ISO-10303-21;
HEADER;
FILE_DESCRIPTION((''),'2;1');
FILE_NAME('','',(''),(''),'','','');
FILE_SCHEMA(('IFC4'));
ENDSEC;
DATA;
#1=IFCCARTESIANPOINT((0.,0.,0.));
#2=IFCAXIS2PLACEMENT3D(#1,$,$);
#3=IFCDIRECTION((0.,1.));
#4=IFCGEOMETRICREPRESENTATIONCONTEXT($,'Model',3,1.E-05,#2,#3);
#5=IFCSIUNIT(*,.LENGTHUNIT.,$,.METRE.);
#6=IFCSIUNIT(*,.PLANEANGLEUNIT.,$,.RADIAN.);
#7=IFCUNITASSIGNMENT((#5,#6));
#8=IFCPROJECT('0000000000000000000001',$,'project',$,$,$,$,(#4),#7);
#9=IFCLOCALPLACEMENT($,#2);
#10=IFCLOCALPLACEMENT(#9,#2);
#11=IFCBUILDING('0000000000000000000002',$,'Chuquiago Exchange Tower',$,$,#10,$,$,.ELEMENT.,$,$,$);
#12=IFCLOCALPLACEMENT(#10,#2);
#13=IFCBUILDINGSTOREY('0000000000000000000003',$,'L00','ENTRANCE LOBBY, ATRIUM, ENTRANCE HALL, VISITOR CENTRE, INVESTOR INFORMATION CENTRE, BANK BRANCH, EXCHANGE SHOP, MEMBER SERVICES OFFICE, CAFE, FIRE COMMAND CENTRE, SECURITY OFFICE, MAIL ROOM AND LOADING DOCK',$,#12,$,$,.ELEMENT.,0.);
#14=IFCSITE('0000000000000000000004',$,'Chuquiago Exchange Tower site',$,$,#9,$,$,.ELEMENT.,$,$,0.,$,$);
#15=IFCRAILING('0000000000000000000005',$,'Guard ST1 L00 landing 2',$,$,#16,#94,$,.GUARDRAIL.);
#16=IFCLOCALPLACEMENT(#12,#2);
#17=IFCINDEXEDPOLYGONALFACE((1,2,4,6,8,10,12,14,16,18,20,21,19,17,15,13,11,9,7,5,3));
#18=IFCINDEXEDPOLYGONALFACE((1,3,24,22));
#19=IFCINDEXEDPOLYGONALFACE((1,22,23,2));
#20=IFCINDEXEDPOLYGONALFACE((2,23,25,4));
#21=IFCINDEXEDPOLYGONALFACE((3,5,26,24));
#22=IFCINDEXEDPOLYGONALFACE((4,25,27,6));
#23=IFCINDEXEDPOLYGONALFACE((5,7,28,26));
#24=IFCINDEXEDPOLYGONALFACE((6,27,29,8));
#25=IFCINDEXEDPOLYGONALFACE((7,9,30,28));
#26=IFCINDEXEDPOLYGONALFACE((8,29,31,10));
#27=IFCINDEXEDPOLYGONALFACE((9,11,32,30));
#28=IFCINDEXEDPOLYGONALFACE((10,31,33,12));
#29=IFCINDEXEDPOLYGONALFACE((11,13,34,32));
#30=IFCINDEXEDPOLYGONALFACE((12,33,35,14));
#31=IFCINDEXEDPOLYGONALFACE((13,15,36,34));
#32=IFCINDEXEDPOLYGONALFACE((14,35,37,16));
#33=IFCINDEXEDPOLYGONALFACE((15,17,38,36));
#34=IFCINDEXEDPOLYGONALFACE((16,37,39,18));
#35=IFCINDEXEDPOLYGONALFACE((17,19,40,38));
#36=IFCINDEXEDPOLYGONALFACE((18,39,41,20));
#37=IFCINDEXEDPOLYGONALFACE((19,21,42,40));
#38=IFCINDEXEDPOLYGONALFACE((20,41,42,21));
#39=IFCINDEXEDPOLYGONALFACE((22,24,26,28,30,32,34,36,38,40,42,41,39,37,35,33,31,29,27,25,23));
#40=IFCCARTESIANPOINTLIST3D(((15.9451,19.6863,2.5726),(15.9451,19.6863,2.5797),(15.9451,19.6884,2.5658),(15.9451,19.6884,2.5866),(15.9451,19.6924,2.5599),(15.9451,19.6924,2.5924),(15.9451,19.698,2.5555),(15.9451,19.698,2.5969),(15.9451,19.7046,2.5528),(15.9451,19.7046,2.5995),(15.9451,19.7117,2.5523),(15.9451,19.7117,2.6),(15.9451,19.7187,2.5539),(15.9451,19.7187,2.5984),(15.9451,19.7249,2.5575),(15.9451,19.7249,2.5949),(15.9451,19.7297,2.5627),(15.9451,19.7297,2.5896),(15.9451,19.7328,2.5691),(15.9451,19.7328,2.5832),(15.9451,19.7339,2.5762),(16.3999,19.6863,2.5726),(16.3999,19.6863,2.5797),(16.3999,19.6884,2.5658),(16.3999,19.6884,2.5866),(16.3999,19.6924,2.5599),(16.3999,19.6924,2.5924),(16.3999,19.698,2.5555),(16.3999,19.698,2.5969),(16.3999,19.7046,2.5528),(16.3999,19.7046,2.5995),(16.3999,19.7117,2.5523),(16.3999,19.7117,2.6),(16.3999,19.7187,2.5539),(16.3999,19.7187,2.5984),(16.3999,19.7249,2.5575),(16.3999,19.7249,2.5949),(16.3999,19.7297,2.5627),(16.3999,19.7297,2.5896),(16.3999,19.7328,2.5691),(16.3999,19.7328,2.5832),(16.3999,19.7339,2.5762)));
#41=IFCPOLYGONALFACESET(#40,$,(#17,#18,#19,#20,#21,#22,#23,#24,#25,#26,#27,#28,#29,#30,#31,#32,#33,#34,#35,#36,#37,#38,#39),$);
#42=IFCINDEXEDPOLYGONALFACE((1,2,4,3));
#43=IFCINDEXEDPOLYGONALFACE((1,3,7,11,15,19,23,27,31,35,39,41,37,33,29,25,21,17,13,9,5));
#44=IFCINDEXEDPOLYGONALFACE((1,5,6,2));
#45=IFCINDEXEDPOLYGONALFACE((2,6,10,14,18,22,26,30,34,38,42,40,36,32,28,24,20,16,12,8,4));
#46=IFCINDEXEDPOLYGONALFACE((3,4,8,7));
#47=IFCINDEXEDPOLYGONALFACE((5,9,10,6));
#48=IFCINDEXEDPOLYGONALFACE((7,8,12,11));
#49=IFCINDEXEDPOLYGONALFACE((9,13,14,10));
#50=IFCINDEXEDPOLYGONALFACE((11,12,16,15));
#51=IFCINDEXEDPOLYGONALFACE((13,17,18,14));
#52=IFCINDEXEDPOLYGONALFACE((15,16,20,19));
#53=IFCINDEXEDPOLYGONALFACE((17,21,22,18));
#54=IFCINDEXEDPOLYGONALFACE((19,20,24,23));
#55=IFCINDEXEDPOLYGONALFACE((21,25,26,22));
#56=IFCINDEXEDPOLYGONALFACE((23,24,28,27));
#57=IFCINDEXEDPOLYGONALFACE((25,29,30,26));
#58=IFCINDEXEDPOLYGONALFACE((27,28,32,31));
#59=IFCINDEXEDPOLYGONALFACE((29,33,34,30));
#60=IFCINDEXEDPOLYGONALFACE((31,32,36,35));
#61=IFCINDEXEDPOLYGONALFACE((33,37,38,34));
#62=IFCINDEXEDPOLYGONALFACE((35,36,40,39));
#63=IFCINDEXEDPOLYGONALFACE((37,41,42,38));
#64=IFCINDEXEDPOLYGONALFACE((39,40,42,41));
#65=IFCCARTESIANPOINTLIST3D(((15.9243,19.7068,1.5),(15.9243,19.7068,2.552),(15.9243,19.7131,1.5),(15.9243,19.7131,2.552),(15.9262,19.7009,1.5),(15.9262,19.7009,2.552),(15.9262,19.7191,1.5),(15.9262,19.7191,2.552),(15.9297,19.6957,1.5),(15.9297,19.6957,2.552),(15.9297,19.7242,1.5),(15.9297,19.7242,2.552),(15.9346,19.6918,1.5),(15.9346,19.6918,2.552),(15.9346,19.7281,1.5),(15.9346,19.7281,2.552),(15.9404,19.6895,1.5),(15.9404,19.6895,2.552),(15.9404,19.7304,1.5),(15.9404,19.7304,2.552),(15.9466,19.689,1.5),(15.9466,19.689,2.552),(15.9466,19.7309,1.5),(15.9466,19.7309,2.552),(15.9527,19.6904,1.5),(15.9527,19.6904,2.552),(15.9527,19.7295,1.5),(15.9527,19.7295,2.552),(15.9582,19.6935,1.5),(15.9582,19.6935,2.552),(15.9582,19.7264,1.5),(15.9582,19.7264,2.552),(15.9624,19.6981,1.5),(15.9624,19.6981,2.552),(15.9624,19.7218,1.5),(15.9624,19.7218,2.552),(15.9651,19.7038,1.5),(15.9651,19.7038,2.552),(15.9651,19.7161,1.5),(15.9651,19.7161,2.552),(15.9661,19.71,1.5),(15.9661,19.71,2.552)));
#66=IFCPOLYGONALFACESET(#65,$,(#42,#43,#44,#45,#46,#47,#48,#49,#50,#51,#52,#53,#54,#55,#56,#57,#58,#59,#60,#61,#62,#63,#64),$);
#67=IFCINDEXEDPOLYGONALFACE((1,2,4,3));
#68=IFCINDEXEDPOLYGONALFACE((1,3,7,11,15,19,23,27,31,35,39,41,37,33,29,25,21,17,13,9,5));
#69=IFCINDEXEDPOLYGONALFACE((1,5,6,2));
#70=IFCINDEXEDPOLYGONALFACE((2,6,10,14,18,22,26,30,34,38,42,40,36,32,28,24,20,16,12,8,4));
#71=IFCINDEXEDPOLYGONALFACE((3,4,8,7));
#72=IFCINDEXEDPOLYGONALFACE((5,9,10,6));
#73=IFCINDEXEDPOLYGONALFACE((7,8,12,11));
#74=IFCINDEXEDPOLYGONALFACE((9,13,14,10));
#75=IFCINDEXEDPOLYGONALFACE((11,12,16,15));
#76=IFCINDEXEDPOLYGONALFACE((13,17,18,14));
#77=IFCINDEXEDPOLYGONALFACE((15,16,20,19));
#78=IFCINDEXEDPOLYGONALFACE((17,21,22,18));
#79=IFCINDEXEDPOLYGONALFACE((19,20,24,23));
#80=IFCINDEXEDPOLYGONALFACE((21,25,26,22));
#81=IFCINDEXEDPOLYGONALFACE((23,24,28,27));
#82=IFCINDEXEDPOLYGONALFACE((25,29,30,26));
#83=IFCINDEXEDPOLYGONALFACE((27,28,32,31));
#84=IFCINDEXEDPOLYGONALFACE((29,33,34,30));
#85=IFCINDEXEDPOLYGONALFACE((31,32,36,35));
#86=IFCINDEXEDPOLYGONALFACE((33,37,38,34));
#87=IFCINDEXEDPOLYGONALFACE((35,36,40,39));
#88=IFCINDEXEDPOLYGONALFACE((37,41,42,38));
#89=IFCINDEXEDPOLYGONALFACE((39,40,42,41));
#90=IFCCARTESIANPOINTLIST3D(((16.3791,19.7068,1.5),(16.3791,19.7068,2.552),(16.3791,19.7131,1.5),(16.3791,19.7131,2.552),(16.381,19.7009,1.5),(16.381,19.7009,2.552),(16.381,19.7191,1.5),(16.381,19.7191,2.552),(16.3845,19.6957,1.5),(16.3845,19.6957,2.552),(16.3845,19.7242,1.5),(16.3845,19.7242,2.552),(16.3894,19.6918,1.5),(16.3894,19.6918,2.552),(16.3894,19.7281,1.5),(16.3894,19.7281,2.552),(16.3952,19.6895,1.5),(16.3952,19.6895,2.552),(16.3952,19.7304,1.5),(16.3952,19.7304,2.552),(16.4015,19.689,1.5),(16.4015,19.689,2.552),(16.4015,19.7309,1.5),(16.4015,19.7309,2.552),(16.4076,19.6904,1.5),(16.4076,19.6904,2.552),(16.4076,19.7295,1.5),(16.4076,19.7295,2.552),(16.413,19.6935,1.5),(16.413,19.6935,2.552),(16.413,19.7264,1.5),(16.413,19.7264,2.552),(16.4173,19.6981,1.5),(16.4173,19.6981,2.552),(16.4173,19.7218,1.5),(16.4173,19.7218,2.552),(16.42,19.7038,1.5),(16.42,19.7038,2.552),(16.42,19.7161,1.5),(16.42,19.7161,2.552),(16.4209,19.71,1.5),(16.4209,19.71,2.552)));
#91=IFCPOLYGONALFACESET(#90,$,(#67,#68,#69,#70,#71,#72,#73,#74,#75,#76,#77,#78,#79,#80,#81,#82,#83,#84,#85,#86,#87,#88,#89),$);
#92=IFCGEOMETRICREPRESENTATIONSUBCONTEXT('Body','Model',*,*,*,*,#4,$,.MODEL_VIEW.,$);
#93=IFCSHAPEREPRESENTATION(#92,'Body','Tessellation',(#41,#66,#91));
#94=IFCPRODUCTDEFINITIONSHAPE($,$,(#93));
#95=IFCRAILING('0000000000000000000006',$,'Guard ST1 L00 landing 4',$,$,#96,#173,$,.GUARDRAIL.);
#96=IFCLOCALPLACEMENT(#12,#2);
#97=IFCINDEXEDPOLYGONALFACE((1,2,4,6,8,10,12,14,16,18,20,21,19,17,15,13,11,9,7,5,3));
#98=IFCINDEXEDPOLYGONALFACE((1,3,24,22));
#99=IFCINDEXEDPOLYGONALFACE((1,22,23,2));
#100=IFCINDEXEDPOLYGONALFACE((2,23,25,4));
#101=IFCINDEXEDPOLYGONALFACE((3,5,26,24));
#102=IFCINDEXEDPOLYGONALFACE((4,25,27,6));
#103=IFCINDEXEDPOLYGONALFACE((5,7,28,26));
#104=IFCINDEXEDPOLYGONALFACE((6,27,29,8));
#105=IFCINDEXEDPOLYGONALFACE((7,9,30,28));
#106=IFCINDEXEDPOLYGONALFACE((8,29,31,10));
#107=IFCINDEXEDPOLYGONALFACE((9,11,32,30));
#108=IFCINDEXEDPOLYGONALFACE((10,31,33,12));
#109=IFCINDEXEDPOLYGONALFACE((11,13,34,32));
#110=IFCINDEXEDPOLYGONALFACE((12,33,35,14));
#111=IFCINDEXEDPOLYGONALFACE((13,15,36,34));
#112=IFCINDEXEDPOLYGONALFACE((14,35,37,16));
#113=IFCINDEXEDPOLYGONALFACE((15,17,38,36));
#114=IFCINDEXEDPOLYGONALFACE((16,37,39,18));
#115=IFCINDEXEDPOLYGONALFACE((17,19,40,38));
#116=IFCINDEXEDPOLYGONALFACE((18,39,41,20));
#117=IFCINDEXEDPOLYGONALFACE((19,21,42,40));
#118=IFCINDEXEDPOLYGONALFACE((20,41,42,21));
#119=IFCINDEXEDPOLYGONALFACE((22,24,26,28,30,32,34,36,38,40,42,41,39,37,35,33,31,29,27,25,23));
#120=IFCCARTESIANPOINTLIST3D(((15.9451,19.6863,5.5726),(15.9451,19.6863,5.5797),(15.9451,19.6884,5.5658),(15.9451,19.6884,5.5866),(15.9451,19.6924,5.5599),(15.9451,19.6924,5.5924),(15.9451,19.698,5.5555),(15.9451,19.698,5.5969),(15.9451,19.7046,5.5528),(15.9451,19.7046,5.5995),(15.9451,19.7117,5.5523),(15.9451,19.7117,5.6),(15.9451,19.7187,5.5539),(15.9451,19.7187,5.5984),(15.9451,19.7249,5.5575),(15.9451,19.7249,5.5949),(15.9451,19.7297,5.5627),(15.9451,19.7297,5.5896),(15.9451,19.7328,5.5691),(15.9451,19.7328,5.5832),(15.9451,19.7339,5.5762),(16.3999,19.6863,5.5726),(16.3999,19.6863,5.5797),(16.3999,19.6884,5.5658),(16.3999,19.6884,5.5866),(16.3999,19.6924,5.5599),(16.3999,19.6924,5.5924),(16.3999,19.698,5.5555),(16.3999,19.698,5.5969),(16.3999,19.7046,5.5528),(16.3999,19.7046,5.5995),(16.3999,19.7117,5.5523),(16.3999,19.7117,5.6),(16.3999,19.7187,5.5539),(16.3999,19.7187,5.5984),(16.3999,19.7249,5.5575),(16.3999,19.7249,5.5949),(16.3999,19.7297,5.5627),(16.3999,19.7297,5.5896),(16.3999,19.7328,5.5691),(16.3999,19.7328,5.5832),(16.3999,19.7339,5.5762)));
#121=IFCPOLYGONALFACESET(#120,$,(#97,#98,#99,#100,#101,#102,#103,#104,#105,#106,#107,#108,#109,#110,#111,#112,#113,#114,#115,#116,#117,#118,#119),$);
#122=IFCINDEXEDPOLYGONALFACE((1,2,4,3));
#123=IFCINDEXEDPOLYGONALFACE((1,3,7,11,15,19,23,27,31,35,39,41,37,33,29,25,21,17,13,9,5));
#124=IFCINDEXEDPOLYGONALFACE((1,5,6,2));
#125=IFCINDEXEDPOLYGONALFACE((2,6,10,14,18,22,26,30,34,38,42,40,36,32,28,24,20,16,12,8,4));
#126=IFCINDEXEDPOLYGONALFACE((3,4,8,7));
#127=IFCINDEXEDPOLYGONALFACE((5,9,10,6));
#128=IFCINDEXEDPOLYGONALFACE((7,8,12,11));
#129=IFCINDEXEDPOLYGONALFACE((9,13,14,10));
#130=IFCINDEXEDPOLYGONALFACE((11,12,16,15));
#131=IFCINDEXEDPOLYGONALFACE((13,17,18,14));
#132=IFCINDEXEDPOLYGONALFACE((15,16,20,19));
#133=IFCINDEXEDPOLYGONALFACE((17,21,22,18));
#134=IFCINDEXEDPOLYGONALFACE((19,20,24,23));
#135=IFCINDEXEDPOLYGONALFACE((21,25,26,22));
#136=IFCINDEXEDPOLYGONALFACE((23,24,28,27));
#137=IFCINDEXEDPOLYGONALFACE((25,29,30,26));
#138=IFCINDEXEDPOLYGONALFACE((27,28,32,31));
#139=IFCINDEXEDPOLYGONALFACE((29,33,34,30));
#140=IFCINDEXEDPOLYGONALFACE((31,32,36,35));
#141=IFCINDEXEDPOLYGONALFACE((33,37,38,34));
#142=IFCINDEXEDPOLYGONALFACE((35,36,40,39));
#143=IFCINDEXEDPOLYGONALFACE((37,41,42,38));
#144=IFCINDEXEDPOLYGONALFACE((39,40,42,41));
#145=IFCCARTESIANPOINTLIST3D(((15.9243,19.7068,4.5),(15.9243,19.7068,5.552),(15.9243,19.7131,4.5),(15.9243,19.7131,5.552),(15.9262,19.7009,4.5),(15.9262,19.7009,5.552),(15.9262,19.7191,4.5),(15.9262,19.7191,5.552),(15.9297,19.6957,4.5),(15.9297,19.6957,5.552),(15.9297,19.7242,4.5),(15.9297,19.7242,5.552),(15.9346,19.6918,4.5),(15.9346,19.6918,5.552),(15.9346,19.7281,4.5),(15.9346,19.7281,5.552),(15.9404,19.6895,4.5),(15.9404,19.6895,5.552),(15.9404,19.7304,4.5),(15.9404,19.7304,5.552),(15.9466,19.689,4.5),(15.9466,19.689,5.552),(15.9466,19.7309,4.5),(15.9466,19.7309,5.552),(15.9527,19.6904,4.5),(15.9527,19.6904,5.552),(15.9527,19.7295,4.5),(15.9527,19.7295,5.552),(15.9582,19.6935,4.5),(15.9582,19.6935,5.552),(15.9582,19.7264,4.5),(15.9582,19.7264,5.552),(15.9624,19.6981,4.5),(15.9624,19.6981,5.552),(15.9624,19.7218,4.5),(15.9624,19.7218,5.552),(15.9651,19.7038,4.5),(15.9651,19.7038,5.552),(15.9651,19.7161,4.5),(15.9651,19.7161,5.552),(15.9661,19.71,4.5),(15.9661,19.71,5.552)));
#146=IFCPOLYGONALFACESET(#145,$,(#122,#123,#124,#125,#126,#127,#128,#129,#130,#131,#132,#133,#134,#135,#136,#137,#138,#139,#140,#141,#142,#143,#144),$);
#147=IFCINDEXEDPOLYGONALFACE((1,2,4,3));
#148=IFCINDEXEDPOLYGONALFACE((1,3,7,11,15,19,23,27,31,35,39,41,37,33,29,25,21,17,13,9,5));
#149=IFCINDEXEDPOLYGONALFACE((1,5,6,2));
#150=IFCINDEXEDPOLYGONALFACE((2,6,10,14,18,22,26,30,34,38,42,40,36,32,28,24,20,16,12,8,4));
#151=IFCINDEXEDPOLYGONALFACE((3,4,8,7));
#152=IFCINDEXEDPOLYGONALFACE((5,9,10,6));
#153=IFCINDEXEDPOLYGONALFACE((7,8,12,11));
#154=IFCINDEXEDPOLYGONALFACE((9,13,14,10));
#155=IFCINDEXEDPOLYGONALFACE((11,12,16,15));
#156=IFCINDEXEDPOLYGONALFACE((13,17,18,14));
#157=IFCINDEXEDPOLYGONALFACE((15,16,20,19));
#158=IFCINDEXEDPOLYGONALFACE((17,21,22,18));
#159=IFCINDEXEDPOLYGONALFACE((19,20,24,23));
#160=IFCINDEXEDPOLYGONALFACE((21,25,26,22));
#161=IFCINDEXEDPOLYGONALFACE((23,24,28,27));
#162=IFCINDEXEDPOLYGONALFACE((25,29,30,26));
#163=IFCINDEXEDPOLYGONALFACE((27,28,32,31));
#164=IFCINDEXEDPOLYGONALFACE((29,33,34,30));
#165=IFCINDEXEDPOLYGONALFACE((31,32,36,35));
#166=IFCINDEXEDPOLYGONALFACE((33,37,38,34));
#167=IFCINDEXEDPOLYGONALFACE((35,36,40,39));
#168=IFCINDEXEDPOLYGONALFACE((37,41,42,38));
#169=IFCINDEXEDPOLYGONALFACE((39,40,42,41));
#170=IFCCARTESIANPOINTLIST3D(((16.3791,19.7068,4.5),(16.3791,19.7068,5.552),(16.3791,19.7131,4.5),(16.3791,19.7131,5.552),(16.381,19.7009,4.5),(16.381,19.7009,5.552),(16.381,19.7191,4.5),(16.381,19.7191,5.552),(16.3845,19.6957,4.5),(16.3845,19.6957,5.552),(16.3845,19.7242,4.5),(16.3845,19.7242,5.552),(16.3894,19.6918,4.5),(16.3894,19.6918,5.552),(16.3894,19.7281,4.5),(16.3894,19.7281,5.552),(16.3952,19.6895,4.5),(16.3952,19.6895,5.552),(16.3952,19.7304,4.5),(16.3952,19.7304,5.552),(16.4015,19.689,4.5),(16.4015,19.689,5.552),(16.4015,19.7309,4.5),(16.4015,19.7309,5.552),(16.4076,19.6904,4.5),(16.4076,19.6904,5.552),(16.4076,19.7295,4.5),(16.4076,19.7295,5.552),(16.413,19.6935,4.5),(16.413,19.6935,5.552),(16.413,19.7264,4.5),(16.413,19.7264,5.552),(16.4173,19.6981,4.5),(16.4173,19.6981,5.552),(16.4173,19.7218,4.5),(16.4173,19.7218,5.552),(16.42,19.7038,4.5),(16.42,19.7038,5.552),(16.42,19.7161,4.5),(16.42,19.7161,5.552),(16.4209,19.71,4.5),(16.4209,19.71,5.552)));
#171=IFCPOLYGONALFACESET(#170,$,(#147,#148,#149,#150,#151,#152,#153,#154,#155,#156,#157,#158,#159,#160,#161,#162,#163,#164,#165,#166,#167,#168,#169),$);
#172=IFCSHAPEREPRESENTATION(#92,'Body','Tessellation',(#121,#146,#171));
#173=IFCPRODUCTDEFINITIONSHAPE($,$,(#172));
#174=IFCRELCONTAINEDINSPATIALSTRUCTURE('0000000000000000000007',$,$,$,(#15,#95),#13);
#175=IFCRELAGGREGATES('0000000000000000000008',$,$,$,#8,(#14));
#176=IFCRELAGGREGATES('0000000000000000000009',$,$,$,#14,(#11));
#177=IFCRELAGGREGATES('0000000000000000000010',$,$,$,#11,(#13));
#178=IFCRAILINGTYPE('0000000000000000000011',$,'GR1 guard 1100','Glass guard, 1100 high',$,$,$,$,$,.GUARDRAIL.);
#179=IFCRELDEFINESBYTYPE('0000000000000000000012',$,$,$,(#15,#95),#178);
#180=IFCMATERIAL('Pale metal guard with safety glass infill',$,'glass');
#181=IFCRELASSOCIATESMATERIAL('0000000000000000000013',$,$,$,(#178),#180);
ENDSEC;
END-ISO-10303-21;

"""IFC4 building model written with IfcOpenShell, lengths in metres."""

from ifc_helpers import new_model, si_unit, direction, frame, origin, origin_2d, place, context, subcontext, project, spatial, circle, extrude, material, type_object, element, save


model = new_model("IFC4")

# Units and contexts
model_context = context("Model", 3, precision=1e-05, world=origin(), true_north=direction((0.0, 1.0)))
body_context = subcontext(model_context, "Body", "Model", "MODEL_VIEW")
ifc_project = project(units=[si_unit("LENGTHUNIT", "METRE"), si_unit("PLANEANGLEUNIT", "RADIAN")], contexts=[model_context])

# Site, building, storey
site_placement = place(None, origin())
site = spatial("IfcSite", under=ifc_project, at=site_placement, Name="Chuquiago Exchange Tower site", CompositionType="ELEMENT", RefElevation=0.0)
building_placement = place(site_placement, origin())
building = spatial("IfcBuilding", under=site, at=building_placement, Name="Chuquiago Exchange Tower", CompositionType="ELEMENT")
storey_placement = place(building_placement, origin())
storey = spatial("IfcBuildingStorey", under=building, at=storey_placement, Name="L00", Description="ENTRANCE LOBBY, ATRIUM, ENTRANCE HALL, VISITOR CENTRE, INVESTOR INFORMATION CENTRE, BANK BRANCH, EXCHANGE SHOP, MEMBER SERVICES OFFICE, CAFE, FIRE COMMAND CENTRE, SECURITY OFFICE, MAIL ROOM AND LOADING DOCK", CompositionType="ELEMENT", Elevation=0.0)

# Railings
ifc_material_1 = material(Name="Pale metal guard with safety glass infill", Category="glass")
railing_type_1 = type_object("IfcRailingType", Name="GR1 guard 1100", Description="Glass guard, 1100 high", PredefinedType="GUARDRAIL", material=ifc_material_1)
for number, where, name in (
    (1, (15.9451, 19.71, 1.5), "Guard ST1 L00 landing 2"),
    (2, (15.9451, 19.71, 4.5), "Guard ST1 L00 landing 4"),
):
    element("IfcRailing", number, at=place(storey_placement, frame(where)), inside=storey, type_object=railing_type_1, Name=name, PredefinedType="GUARDRAIL", context=body_context, shape_type="SweptSolid", body=[
        extrude(circle(Radius=0.0239, at=origin_2d()), frame((0.0, 0.0, 1.0762), z_axis=(1.0, 0.0, 0.0), x_axis=(0.0, 1.0, 0.0)), (0.0, 0.0, 1.0), 0.4548),
        extrude(circle(Radius=0.021, at=origin_2d()), origin(), (0.0, 0.0, 1.0), 1.052),
        extrude(circle(Radius=0.021, at=origin_2d()), frame((0.4548, 0.0, 0.0)), (0.0, 0.0, 1.0), 1.052),
    ])

save(model, "model.ifc")
